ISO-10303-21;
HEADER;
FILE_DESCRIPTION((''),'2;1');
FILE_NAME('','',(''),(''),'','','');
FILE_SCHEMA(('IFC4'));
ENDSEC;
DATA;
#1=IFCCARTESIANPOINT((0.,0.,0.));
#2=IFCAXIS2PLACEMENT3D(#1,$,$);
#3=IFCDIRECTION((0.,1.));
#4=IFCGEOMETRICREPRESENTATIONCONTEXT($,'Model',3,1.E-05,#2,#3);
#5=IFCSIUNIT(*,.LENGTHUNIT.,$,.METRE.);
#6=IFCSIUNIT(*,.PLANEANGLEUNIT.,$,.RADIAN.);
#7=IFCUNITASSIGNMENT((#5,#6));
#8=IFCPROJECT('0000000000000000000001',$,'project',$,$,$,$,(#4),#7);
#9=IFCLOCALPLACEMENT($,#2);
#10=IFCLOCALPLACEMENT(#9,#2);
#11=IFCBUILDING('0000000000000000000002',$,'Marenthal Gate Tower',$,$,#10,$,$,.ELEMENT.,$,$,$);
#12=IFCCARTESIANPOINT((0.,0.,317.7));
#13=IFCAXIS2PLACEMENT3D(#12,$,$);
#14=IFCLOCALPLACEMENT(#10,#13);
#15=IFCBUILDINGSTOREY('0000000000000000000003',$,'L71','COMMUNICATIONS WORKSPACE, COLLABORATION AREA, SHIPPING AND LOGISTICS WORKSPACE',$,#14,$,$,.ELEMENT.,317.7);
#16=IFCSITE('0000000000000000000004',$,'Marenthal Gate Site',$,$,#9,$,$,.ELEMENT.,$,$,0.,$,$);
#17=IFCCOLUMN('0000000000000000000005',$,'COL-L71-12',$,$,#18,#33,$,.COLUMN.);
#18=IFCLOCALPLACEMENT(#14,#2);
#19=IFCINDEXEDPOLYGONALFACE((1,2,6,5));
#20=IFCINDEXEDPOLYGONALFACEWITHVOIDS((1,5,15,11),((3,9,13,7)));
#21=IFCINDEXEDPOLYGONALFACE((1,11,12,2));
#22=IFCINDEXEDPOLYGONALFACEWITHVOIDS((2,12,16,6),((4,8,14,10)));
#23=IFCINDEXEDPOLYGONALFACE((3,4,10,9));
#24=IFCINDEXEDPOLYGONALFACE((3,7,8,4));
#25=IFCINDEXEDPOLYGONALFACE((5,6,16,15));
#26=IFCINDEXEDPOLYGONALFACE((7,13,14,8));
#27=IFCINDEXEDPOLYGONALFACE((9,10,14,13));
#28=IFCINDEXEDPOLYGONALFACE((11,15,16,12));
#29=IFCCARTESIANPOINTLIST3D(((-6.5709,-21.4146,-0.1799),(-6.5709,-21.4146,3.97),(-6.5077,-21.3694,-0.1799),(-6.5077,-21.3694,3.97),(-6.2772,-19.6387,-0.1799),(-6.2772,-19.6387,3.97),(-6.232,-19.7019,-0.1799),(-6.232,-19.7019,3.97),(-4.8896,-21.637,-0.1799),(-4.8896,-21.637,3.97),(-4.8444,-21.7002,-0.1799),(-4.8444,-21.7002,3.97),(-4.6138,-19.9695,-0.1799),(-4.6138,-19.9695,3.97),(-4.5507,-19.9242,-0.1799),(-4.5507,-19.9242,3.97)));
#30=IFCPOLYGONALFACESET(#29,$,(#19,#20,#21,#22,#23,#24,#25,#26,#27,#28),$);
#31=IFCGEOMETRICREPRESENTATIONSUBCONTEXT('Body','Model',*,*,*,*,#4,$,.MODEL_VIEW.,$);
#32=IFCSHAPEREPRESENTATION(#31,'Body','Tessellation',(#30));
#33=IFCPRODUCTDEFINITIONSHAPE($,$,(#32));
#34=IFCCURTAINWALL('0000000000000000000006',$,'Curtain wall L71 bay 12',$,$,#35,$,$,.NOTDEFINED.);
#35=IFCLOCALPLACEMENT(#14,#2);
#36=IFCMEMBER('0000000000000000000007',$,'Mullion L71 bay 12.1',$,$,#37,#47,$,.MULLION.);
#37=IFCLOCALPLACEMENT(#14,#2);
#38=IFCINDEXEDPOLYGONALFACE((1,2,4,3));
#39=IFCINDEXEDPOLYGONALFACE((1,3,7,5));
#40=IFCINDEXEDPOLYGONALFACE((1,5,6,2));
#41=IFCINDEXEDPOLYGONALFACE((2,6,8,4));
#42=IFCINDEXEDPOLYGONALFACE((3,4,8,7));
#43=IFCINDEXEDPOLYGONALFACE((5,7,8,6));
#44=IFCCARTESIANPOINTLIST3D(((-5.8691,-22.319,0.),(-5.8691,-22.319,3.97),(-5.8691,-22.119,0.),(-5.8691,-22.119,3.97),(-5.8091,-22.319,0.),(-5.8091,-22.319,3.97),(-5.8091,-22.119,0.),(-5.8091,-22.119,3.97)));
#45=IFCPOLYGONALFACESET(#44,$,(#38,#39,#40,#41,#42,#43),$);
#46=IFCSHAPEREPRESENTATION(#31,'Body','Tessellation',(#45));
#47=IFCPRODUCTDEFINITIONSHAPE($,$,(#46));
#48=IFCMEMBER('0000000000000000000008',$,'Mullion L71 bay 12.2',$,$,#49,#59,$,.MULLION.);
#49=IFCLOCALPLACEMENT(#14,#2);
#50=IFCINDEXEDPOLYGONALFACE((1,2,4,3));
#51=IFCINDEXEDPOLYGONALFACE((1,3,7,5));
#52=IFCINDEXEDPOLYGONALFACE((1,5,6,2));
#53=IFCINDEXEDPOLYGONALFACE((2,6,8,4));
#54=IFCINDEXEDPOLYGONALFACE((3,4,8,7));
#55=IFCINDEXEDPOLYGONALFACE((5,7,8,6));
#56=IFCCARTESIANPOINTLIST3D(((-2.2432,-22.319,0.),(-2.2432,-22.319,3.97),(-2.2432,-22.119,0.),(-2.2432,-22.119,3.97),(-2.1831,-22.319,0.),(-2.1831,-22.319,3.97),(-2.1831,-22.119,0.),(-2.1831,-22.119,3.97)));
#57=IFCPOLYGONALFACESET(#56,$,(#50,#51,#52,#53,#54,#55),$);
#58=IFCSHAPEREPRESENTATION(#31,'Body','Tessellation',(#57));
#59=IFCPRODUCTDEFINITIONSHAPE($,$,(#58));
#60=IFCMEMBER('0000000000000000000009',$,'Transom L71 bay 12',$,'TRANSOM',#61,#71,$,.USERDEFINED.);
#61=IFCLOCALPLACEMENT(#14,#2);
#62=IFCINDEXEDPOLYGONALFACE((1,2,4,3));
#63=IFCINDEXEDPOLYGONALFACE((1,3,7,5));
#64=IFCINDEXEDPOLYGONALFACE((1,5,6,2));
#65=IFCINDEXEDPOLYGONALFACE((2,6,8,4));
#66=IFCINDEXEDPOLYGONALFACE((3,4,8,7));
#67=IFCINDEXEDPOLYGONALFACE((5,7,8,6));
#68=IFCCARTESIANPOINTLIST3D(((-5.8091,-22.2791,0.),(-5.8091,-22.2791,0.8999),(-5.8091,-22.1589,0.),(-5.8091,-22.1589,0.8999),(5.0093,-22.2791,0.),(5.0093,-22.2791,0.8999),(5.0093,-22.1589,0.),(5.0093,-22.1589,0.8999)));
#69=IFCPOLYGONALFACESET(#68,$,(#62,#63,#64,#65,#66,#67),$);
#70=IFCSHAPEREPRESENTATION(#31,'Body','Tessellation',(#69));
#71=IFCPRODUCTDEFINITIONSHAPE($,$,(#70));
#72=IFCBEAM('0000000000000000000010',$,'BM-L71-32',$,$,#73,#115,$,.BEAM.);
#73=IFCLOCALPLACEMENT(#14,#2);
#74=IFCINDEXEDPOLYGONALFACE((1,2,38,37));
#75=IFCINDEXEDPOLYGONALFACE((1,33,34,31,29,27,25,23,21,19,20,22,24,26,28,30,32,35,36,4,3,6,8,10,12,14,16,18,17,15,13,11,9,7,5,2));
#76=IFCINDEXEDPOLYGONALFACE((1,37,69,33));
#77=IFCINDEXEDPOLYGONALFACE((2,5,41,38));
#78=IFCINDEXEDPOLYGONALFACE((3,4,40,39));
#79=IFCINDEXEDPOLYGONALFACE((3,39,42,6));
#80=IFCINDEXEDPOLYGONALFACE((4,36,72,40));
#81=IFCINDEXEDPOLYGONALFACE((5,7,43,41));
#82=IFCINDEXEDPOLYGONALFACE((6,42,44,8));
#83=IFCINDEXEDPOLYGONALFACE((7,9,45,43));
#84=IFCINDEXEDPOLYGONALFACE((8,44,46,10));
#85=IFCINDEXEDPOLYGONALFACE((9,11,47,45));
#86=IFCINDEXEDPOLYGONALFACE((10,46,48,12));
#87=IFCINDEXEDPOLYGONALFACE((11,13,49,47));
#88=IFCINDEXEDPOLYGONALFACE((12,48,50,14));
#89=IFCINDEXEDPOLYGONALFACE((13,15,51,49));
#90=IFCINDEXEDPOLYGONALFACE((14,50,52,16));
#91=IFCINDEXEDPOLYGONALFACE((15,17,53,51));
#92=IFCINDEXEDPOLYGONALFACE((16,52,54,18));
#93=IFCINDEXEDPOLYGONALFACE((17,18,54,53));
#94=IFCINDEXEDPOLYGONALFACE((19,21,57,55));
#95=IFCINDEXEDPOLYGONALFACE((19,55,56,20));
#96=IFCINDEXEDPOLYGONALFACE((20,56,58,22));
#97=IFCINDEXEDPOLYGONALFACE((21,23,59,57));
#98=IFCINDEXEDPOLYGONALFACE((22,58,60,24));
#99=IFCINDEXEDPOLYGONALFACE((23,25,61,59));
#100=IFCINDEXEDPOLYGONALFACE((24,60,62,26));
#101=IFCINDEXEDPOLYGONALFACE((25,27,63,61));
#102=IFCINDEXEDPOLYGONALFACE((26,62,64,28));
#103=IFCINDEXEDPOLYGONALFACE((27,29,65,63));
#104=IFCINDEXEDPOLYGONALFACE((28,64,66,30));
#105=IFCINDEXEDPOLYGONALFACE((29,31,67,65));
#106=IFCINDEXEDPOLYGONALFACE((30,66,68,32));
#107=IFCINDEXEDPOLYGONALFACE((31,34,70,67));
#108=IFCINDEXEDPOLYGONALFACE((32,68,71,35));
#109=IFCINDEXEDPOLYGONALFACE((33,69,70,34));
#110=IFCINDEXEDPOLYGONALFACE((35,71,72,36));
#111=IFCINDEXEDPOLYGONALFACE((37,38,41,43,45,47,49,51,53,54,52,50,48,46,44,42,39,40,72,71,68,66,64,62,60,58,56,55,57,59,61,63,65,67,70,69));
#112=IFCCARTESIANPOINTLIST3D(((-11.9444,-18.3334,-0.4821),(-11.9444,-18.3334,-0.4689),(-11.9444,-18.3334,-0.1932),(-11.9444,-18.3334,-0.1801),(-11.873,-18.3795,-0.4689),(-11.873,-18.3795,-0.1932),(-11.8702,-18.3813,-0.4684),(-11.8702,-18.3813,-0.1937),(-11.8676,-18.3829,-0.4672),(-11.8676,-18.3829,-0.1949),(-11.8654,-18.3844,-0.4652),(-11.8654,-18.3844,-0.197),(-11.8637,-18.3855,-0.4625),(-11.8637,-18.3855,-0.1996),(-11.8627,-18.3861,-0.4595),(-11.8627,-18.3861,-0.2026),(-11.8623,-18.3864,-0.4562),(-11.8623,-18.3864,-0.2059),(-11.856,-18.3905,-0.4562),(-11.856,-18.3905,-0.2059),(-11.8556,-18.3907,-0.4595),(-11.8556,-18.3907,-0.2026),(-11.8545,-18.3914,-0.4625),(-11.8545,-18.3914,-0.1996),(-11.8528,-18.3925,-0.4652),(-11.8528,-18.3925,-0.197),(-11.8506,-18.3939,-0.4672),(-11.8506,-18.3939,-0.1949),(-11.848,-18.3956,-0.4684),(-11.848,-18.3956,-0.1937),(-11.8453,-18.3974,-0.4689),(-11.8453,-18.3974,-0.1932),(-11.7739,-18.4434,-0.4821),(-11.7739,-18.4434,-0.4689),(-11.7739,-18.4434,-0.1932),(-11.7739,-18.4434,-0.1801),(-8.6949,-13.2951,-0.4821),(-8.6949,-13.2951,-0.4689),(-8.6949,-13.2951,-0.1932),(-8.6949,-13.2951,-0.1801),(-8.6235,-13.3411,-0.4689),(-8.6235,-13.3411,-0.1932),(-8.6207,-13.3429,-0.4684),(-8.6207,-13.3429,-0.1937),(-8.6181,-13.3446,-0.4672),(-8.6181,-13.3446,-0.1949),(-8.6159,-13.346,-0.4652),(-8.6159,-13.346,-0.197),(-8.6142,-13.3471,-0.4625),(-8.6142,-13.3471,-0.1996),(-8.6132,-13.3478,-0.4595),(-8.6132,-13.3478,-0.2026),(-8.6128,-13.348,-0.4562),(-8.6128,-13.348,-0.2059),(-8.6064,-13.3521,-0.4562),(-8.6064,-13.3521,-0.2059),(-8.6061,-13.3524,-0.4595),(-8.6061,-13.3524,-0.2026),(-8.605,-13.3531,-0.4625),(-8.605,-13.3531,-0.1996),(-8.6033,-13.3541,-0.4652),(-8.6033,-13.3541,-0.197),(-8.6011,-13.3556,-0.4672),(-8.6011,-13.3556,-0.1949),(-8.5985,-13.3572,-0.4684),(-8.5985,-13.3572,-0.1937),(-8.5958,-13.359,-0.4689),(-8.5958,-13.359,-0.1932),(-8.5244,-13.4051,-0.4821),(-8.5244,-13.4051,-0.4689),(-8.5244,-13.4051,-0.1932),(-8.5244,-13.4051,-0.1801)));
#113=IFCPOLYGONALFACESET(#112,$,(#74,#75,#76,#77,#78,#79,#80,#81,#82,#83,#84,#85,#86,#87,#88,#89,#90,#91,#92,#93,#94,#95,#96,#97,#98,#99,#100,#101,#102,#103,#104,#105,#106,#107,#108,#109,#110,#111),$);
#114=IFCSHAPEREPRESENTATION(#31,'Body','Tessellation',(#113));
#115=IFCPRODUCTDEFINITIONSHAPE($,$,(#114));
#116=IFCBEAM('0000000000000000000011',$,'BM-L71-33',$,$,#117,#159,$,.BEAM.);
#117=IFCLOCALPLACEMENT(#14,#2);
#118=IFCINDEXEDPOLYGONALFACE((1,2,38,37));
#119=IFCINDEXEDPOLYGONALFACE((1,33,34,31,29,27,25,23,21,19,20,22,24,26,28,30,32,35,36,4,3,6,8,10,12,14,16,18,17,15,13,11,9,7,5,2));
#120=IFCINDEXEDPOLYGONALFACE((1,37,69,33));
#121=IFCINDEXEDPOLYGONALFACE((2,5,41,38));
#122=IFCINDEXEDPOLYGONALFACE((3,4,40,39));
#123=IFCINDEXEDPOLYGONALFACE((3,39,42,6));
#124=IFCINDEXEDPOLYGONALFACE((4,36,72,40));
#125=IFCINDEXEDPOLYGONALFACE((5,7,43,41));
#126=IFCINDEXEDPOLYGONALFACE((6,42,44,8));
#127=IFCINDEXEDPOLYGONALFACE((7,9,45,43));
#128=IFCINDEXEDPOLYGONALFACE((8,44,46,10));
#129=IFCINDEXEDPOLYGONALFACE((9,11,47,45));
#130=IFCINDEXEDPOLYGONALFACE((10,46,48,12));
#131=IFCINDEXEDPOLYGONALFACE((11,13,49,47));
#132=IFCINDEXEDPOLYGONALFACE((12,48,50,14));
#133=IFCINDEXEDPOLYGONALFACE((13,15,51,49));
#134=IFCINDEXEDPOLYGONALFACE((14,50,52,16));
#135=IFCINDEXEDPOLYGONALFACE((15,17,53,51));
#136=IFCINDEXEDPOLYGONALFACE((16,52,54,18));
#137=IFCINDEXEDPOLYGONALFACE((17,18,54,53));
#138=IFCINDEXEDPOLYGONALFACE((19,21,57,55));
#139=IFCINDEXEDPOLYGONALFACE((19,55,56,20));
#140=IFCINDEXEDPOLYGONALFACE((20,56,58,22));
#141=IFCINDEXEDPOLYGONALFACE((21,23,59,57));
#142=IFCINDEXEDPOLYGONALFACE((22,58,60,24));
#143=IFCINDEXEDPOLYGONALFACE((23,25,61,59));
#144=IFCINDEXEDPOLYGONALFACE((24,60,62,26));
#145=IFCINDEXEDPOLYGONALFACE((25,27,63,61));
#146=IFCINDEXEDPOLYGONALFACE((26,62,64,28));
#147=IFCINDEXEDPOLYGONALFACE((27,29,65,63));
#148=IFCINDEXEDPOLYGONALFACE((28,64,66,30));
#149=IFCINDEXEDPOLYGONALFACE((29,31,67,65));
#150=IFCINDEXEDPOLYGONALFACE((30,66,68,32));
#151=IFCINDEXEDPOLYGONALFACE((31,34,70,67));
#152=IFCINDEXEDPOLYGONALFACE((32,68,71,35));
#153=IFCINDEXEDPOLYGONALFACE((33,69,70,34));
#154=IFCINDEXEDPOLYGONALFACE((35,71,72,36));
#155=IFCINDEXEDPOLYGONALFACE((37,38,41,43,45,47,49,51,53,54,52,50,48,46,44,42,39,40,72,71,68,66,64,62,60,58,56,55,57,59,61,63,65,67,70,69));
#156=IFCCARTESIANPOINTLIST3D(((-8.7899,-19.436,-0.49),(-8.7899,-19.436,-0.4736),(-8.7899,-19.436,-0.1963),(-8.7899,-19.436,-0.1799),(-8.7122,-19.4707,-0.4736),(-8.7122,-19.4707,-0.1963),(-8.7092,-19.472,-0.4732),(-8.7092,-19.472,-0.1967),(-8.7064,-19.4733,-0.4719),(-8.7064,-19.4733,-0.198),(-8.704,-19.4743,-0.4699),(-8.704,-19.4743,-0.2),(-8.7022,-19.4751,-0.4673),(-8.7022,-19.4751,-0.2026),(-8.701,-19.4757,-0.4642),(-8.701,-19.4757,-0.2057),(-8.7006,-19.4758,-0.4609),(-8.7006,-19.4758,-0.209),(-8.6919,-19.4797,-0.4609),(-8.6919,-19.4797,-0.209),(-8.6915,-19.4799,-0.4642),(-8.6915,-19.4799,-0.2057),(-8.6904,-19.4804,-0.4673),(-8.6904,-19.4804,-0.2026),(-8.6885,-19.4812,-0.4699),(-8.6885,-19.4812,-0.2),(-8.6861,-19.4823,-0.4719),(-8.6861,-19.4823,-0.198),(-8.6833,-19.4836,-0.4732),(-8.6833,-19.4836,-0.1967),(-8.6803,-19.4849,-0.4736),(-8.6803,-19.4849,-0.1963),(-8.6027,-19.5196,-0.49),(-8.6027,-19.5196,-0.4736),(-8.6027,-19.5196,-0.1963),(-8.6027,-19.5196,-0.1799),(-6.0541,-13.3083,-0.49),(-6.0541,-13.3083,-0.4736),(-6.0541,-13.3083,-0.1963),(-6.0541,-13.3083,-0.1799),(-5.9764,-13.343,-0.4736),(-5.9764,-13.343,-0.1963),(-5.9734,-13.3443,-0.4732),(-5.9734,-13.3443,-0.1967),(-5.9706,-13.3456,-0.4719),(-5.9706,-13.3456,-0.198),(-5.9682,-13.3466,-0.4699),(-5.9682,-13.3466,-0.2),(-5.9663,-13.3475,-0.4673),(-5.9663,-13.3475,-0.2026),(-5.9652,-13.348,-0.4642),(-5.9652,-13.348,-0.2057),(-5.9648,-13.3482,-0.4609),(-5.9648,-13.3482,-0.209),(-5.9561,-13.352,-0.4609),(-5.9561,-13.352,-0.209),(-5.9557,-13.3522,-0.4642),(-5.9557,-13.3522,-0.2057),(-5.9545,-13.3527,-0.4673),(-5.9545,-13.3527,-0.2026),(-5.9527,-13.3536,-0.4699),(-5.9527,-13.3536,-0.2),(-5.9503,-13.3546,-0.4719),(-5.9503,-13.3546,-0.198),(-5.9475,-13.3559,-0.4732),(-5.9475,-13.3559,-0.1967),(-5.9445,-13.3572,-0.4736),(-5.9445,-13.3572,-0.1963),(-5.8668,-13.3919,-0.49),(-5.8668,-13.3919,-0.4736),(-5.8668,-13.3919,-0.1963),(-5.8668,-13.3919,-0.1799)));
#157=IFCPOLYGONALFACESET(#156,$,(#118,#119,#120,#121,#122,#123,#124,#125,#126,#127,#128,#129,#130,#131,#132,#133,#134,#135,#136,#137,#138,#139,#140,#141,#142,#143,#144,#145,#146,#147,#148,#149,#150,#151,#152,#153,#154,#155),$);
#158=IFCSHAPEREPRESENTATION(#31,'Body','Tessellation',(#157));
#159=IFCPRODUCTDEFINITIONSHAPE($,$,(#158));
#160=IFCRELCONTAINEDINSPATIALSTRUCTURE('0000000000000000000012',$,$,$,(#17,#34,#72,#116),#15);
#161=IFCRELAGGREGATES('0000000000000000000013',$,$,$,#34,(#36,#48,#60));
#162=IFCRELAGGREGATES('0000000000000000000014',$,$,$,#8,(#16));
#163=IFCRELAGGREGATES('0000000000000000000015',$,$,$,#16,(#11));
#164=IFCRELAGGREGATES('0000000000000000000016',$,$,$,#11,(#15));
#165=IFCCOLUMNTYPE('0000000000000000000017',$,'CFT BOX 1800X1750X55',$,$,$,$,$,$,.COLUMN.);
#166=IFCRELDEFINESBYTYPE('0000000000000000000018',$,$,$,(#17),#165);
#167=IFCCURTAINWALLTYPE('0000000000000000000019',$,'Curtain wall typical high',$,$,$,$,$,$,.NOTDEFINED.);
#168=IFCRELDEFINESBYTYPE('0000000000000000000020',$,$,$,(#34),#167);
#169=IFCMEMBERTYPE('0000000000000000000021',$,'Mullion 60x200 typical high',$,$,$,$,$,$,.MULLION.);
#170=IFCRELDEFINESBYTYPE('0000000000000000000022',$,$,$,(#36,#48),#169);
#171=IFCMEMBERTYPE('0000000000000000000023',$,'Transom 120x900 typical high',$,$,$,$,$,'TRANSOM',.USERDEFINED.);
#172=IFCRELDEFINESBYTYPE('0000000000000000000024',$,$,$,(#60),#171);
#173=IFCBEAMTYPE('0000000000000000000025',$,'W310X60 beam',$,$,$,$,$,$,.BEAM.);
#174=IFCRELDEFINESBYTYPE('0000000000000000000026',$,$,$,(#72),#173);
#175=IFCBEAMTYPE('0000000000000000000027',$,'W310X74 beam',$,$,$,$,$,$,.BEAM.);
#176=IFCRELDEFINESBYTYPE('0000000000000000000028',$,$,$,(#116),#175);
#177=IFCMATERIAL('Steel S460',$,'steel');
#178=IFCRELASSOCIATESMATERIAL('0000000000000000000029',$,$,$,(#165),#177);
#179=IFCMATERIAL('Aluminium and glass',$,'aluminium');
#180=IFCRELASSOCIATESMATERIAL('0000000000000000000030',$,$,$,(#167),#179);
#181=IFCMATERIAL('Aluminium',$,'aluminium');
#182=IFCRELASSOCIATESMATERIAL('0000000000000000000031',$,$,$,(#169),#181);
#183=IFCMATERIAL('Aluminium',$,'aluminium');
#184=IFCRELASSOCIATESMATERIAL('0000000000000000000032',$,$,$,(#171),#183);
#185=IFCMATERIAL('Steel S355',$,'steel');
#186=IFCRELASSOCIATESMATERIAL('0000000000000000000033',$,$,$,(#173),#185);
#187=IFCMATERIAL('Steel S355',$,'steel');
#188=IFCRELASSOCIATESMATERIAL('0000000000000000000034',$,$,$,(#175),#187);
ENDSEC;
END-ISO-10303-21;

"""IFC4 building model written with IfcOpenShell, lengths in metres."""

from ifc_helpers import new_model, si_unit, direction, frame, origin, origin_2d, place, context, subcontext, project, spatial, rectangle, hollow_rectangle, i_section, extrude, material, material_profile, profile_set, type_object, element, aggregate, save


model = new_model("IFC4")

# Units and contexts
model_context = context("Model", 3, precision=1e-05, world=origin(), true_north=direction((0.0, 1.0)))
body_context = subcontext(model_context, "Body", "Model", "MODEL_VIEW")
ifc_project = project(units=[si_unit("LENGTHUNIT", "METRE"), si_unit("PLANEANGLEUNIT", "RADIAN")], contexts=[model_context])

# Site, building, storey
site_placement = place(None, origin())
site = spatial("IfcSite", under=ifc_project, at=site_placement, Name="Marenthal Gate Site", CompositionType="ELEMENT", RefElevation=0.0)
building_placement = place(site_placement, origin())
building = spatial("IfcBuilding", under=site, at=building_placement, Name="Marenthal Gate Tower", CompositionType="ELEMENT")
storey_placement = place(building_placement, frame((0.0, 0.0, 317.7)))
storey = spatial("IfcBuildingStorey", under=building, at=storey_placement, Name="L71", Description="COMMUNICATIONS WORKSPACE, COLLABORATION AREA, SHIPPING AND LOGISTICS WORKSPACE", CompositionType="ELEMENT", Elevation=317.7)

# Column
ifc_material_1 = material(Name="Steel S460", Category="steel")
ifc_material_profile_1 = material_profile(ifc_material_1, hollow_rectangle(XDim=1.75, YDim=1.8, WallThickness=0.0549, at=origin_2d()), Name="CFT BOX 1800X1750X55")
ifc_material_2 = material(Name="Concrete 70 MPa", Category="concrete")
ifc_material_profile_2 = material_profile(ifc_material_2, rectangle(XDim=1.6399, YDim=1.6899, at=origin_2d()), Name="CFT BOX 1800X1750X55 INFILL")
ifc_profile_set_1 = profile_set([ifc_material_profile_1, ifc_material_profile_2], Name="Steel S460 shell, Concrete 70 MPa infill")
column_type = type_object("IfcColumnType", Name="CFT BOX 1800X1750X55", PredefinedType="COLUMN", material=ifc_profile_set_1)
column_placement = place(storey_placement, frame((-5.5608, -20.6694, -0.1799), z_axis=(0.0, 0.0, 1.0), x_axis=(-0.986602, 0.163147, 0.0)))
element("IfcColumn", 1, at=column_placement, inside=storey, type_object=column_type, Name="COL-L71-12", PredefinedType="COLUMN", context=body_context, shape_type="SweptSolid", body=[
    extrude(hollow_rectangle(XDim=1.75, YDim=1.8, WallThickness=0.0549, at=origin_2d()), origin(), (0.0, 0.0, 1.0), 4.1499),
])

# Curtain wall, members
ifc_material_3 = material(Name="Aluminium and glass", Category="aluminium")
curtain_wall_type = type_object("IfcCurtainWallType", Name="Curtain wall typical high", PredefinedType="NOTDEFINED", material=ifc_material_3)
curtain_wall_placement = place(storey_placement, origin())
curtain_wall = element("IfcCurtainWall", 2, at=curtain_wall_placement, inside=storey, type_object=curtain_wall_type, Name="Curtain wall L71 bay 12", PredefinedType="NOTDEFINED")
ifc_material_4 = material(Name="Aluminium", Category="aluminium")
ifc_material_profile_3 = material_profile(ifc_material_4, rectangle(XDim=0.2, YDim=0.0601, at=origin_2d()), Name="60x200 aluminium mullion")
ifc_profile_set_2 = profile_set([ifc_material_profile_3], Name="Aluminium")
member_type_1 = type_object("IfcMemberType", Name="Mullion 60x200 typical high", PredefinedType="MULLION", material=ifc_profile_set_2)
member_1_placement = place(storey_placement, frame((-5.8391, -22.219, 0.0), z_axis=(0.0, 0.0, 1.0), x_axis=(0.0, 1.0, 0.0)))
member_1 = element("IfcMember", 3, at=member_1_placement, type_object=member_type_1, Name="Mullion L71 bay 12.1", PredefinedType="MULLION", context=body_context, shape_type="SweptSolid", body=[
    extrude(rectangle(XDim=0.2, YDim=0.0601, at=origin_2d()), origin(), (0.0, 0.0, 1.0), 3.97),
])
member_2_placement = place(storey_placement, frame((-2.2131, -22.219, 0.0), z_axis=(0.0, 0.0, 1.0), x_axis=(0.0, 1.0, 0.0)))
member_2 = element("IfcMember", 4, at=member_2_placement, type_object=member_type_1, Name="Mullion L71 bay 12.2", PredefinedType="MULLION", context=body_context, shape_type="SweptSolid", body=[
    extrude(rectangle(XDim=0.2, YDim=0.0601, at=origin_2d()), origin(), (0.0, 0.0, 1.0), 3.97),
])
ifc_material_5 = material(Name="Aluminium", Category="aluminium")
ifc_material_profile_4 = material_profile(ifc_material_5, rectangle(XDim=0.1201, YDim=0.8999, at=origin_2d()), Name="120x900 aluminium transom")
ifc_profile_set_3 = profile_set([ifc_material_profile_4], Name="Aluminium")
member_type_2 = type_object("IfcMemberType", Name="Transom 120x900 typical high", ElementType="TRANSOM", PredefinedType="USERDEFINED", material=ifc_profile_set_3)
member_3_placement = place(storey_placement, frame((-5.8091, -22.219, 0.45), z_axis=(1.0, 0.0, 0.0), x_axis=(0.0, 1.0, 0.0)))
member_3 = element("IfcMember", 5, at=member_3_placement, type_object=member_type_2, Name="Transom L71 bay 12", ObjectType="TRANSOM", PredefinedType="USERDEFINED", context=body_context, shape_type="SweptSolid", body=[
    extrude(rectangle(XDim=0.1201, YDim=0.8999, at=origin_2d()), origin(), (0.0, 0.0, 1.0), 10.8184),
])

# Beams
ifc_material_6 = material(Name="Steel S355", Category="steel")
ifc_material_profile_5 = material_profile(ifc_material_6, i_section(OverallWidth=0.2029, OverallDepth=0.302, WebThickness=0.0076, FlangeThickness=0.0132, FilletRadius=0.0127, at=origin_2d()), Name="W310X60")
ifc_profile_set_4 = profile_set([ifc_material_profile_5], Name="Steel S355")
beam_type_1 = type_object("IfcBeamType", Name="W310X60 beam", PredefinedType="BEAM", material=ifc_profile_set_4)
beam_1_placement = place(storey_placement, frame((-11.8591, -18.3884, -0.3311), z_axis=(0.542006, 0.840374, 0.0), x_axis=(-0.840374, 0.542006, 0.0)))
element("IfcBeam", 6, at=beam_1_placement, inside=storey, type_object=beam_type_1, Name="BM-L71-32", PredefinedType="BEAM", context=body_context, shape_type="SweptSolid", body=[
    extrude(i_section(OverallWidth=0.2029, OverallDepth=0.302, WebThickness=0.0076, FlangeThickness=0.0132, FilletRadius=0.0127, at=origin_2d()), origin(), (0.0, 0.0, 1.0), 5.9954),
])
ifc_material_7 = material(Name="Steel S355", Category="steel")
ifc_material_profile_6 = material_profile(ifc_material_7, i_section(OverallWidth=0.2051, OverallDepth=0.3101, WebThickness=0.0095, FlangeThickness=0.0164, FilletRadius=0.0127, at=origin_2d()), Name="W310X74")
ifc_profile_set_5 = profile_set([ifc_material_profile_6], Name="Steel S355")
beam_type_2 = type_object("IfcBeamType", Name="W310X74 beam", PredefinedType="BEAM", material=ifc_profile_set_5)
beam_2_placement = place(storey_placement, frame((-8.6963, -19.4778, -0.335), z_axis=(0.407684, 0.913123, 0.0), x_axis=(-0.913123, 0.407684, 0.0)))
element("IfcBeam", 7, at=beam_2_placement, inside=storey, type_object=beam_type_2, Name="BM-L71-33", PredefinedType="BEAM", context=body_context, shape_type="SweptSolid", body=[
    extrude(i_section(OverallWidth=0.2051, OverallDepth=0.3101, WebThickness=0.0095, FlangeThickness=0.0164, FilletRadius=0.0127, at=origin_2d()), origin(), (0.0, 0.0, 1.0), 6.7107),
])

aggregate(curtain_wall, [member_1, member_2, member_3])

save(model, "model.ifc")
